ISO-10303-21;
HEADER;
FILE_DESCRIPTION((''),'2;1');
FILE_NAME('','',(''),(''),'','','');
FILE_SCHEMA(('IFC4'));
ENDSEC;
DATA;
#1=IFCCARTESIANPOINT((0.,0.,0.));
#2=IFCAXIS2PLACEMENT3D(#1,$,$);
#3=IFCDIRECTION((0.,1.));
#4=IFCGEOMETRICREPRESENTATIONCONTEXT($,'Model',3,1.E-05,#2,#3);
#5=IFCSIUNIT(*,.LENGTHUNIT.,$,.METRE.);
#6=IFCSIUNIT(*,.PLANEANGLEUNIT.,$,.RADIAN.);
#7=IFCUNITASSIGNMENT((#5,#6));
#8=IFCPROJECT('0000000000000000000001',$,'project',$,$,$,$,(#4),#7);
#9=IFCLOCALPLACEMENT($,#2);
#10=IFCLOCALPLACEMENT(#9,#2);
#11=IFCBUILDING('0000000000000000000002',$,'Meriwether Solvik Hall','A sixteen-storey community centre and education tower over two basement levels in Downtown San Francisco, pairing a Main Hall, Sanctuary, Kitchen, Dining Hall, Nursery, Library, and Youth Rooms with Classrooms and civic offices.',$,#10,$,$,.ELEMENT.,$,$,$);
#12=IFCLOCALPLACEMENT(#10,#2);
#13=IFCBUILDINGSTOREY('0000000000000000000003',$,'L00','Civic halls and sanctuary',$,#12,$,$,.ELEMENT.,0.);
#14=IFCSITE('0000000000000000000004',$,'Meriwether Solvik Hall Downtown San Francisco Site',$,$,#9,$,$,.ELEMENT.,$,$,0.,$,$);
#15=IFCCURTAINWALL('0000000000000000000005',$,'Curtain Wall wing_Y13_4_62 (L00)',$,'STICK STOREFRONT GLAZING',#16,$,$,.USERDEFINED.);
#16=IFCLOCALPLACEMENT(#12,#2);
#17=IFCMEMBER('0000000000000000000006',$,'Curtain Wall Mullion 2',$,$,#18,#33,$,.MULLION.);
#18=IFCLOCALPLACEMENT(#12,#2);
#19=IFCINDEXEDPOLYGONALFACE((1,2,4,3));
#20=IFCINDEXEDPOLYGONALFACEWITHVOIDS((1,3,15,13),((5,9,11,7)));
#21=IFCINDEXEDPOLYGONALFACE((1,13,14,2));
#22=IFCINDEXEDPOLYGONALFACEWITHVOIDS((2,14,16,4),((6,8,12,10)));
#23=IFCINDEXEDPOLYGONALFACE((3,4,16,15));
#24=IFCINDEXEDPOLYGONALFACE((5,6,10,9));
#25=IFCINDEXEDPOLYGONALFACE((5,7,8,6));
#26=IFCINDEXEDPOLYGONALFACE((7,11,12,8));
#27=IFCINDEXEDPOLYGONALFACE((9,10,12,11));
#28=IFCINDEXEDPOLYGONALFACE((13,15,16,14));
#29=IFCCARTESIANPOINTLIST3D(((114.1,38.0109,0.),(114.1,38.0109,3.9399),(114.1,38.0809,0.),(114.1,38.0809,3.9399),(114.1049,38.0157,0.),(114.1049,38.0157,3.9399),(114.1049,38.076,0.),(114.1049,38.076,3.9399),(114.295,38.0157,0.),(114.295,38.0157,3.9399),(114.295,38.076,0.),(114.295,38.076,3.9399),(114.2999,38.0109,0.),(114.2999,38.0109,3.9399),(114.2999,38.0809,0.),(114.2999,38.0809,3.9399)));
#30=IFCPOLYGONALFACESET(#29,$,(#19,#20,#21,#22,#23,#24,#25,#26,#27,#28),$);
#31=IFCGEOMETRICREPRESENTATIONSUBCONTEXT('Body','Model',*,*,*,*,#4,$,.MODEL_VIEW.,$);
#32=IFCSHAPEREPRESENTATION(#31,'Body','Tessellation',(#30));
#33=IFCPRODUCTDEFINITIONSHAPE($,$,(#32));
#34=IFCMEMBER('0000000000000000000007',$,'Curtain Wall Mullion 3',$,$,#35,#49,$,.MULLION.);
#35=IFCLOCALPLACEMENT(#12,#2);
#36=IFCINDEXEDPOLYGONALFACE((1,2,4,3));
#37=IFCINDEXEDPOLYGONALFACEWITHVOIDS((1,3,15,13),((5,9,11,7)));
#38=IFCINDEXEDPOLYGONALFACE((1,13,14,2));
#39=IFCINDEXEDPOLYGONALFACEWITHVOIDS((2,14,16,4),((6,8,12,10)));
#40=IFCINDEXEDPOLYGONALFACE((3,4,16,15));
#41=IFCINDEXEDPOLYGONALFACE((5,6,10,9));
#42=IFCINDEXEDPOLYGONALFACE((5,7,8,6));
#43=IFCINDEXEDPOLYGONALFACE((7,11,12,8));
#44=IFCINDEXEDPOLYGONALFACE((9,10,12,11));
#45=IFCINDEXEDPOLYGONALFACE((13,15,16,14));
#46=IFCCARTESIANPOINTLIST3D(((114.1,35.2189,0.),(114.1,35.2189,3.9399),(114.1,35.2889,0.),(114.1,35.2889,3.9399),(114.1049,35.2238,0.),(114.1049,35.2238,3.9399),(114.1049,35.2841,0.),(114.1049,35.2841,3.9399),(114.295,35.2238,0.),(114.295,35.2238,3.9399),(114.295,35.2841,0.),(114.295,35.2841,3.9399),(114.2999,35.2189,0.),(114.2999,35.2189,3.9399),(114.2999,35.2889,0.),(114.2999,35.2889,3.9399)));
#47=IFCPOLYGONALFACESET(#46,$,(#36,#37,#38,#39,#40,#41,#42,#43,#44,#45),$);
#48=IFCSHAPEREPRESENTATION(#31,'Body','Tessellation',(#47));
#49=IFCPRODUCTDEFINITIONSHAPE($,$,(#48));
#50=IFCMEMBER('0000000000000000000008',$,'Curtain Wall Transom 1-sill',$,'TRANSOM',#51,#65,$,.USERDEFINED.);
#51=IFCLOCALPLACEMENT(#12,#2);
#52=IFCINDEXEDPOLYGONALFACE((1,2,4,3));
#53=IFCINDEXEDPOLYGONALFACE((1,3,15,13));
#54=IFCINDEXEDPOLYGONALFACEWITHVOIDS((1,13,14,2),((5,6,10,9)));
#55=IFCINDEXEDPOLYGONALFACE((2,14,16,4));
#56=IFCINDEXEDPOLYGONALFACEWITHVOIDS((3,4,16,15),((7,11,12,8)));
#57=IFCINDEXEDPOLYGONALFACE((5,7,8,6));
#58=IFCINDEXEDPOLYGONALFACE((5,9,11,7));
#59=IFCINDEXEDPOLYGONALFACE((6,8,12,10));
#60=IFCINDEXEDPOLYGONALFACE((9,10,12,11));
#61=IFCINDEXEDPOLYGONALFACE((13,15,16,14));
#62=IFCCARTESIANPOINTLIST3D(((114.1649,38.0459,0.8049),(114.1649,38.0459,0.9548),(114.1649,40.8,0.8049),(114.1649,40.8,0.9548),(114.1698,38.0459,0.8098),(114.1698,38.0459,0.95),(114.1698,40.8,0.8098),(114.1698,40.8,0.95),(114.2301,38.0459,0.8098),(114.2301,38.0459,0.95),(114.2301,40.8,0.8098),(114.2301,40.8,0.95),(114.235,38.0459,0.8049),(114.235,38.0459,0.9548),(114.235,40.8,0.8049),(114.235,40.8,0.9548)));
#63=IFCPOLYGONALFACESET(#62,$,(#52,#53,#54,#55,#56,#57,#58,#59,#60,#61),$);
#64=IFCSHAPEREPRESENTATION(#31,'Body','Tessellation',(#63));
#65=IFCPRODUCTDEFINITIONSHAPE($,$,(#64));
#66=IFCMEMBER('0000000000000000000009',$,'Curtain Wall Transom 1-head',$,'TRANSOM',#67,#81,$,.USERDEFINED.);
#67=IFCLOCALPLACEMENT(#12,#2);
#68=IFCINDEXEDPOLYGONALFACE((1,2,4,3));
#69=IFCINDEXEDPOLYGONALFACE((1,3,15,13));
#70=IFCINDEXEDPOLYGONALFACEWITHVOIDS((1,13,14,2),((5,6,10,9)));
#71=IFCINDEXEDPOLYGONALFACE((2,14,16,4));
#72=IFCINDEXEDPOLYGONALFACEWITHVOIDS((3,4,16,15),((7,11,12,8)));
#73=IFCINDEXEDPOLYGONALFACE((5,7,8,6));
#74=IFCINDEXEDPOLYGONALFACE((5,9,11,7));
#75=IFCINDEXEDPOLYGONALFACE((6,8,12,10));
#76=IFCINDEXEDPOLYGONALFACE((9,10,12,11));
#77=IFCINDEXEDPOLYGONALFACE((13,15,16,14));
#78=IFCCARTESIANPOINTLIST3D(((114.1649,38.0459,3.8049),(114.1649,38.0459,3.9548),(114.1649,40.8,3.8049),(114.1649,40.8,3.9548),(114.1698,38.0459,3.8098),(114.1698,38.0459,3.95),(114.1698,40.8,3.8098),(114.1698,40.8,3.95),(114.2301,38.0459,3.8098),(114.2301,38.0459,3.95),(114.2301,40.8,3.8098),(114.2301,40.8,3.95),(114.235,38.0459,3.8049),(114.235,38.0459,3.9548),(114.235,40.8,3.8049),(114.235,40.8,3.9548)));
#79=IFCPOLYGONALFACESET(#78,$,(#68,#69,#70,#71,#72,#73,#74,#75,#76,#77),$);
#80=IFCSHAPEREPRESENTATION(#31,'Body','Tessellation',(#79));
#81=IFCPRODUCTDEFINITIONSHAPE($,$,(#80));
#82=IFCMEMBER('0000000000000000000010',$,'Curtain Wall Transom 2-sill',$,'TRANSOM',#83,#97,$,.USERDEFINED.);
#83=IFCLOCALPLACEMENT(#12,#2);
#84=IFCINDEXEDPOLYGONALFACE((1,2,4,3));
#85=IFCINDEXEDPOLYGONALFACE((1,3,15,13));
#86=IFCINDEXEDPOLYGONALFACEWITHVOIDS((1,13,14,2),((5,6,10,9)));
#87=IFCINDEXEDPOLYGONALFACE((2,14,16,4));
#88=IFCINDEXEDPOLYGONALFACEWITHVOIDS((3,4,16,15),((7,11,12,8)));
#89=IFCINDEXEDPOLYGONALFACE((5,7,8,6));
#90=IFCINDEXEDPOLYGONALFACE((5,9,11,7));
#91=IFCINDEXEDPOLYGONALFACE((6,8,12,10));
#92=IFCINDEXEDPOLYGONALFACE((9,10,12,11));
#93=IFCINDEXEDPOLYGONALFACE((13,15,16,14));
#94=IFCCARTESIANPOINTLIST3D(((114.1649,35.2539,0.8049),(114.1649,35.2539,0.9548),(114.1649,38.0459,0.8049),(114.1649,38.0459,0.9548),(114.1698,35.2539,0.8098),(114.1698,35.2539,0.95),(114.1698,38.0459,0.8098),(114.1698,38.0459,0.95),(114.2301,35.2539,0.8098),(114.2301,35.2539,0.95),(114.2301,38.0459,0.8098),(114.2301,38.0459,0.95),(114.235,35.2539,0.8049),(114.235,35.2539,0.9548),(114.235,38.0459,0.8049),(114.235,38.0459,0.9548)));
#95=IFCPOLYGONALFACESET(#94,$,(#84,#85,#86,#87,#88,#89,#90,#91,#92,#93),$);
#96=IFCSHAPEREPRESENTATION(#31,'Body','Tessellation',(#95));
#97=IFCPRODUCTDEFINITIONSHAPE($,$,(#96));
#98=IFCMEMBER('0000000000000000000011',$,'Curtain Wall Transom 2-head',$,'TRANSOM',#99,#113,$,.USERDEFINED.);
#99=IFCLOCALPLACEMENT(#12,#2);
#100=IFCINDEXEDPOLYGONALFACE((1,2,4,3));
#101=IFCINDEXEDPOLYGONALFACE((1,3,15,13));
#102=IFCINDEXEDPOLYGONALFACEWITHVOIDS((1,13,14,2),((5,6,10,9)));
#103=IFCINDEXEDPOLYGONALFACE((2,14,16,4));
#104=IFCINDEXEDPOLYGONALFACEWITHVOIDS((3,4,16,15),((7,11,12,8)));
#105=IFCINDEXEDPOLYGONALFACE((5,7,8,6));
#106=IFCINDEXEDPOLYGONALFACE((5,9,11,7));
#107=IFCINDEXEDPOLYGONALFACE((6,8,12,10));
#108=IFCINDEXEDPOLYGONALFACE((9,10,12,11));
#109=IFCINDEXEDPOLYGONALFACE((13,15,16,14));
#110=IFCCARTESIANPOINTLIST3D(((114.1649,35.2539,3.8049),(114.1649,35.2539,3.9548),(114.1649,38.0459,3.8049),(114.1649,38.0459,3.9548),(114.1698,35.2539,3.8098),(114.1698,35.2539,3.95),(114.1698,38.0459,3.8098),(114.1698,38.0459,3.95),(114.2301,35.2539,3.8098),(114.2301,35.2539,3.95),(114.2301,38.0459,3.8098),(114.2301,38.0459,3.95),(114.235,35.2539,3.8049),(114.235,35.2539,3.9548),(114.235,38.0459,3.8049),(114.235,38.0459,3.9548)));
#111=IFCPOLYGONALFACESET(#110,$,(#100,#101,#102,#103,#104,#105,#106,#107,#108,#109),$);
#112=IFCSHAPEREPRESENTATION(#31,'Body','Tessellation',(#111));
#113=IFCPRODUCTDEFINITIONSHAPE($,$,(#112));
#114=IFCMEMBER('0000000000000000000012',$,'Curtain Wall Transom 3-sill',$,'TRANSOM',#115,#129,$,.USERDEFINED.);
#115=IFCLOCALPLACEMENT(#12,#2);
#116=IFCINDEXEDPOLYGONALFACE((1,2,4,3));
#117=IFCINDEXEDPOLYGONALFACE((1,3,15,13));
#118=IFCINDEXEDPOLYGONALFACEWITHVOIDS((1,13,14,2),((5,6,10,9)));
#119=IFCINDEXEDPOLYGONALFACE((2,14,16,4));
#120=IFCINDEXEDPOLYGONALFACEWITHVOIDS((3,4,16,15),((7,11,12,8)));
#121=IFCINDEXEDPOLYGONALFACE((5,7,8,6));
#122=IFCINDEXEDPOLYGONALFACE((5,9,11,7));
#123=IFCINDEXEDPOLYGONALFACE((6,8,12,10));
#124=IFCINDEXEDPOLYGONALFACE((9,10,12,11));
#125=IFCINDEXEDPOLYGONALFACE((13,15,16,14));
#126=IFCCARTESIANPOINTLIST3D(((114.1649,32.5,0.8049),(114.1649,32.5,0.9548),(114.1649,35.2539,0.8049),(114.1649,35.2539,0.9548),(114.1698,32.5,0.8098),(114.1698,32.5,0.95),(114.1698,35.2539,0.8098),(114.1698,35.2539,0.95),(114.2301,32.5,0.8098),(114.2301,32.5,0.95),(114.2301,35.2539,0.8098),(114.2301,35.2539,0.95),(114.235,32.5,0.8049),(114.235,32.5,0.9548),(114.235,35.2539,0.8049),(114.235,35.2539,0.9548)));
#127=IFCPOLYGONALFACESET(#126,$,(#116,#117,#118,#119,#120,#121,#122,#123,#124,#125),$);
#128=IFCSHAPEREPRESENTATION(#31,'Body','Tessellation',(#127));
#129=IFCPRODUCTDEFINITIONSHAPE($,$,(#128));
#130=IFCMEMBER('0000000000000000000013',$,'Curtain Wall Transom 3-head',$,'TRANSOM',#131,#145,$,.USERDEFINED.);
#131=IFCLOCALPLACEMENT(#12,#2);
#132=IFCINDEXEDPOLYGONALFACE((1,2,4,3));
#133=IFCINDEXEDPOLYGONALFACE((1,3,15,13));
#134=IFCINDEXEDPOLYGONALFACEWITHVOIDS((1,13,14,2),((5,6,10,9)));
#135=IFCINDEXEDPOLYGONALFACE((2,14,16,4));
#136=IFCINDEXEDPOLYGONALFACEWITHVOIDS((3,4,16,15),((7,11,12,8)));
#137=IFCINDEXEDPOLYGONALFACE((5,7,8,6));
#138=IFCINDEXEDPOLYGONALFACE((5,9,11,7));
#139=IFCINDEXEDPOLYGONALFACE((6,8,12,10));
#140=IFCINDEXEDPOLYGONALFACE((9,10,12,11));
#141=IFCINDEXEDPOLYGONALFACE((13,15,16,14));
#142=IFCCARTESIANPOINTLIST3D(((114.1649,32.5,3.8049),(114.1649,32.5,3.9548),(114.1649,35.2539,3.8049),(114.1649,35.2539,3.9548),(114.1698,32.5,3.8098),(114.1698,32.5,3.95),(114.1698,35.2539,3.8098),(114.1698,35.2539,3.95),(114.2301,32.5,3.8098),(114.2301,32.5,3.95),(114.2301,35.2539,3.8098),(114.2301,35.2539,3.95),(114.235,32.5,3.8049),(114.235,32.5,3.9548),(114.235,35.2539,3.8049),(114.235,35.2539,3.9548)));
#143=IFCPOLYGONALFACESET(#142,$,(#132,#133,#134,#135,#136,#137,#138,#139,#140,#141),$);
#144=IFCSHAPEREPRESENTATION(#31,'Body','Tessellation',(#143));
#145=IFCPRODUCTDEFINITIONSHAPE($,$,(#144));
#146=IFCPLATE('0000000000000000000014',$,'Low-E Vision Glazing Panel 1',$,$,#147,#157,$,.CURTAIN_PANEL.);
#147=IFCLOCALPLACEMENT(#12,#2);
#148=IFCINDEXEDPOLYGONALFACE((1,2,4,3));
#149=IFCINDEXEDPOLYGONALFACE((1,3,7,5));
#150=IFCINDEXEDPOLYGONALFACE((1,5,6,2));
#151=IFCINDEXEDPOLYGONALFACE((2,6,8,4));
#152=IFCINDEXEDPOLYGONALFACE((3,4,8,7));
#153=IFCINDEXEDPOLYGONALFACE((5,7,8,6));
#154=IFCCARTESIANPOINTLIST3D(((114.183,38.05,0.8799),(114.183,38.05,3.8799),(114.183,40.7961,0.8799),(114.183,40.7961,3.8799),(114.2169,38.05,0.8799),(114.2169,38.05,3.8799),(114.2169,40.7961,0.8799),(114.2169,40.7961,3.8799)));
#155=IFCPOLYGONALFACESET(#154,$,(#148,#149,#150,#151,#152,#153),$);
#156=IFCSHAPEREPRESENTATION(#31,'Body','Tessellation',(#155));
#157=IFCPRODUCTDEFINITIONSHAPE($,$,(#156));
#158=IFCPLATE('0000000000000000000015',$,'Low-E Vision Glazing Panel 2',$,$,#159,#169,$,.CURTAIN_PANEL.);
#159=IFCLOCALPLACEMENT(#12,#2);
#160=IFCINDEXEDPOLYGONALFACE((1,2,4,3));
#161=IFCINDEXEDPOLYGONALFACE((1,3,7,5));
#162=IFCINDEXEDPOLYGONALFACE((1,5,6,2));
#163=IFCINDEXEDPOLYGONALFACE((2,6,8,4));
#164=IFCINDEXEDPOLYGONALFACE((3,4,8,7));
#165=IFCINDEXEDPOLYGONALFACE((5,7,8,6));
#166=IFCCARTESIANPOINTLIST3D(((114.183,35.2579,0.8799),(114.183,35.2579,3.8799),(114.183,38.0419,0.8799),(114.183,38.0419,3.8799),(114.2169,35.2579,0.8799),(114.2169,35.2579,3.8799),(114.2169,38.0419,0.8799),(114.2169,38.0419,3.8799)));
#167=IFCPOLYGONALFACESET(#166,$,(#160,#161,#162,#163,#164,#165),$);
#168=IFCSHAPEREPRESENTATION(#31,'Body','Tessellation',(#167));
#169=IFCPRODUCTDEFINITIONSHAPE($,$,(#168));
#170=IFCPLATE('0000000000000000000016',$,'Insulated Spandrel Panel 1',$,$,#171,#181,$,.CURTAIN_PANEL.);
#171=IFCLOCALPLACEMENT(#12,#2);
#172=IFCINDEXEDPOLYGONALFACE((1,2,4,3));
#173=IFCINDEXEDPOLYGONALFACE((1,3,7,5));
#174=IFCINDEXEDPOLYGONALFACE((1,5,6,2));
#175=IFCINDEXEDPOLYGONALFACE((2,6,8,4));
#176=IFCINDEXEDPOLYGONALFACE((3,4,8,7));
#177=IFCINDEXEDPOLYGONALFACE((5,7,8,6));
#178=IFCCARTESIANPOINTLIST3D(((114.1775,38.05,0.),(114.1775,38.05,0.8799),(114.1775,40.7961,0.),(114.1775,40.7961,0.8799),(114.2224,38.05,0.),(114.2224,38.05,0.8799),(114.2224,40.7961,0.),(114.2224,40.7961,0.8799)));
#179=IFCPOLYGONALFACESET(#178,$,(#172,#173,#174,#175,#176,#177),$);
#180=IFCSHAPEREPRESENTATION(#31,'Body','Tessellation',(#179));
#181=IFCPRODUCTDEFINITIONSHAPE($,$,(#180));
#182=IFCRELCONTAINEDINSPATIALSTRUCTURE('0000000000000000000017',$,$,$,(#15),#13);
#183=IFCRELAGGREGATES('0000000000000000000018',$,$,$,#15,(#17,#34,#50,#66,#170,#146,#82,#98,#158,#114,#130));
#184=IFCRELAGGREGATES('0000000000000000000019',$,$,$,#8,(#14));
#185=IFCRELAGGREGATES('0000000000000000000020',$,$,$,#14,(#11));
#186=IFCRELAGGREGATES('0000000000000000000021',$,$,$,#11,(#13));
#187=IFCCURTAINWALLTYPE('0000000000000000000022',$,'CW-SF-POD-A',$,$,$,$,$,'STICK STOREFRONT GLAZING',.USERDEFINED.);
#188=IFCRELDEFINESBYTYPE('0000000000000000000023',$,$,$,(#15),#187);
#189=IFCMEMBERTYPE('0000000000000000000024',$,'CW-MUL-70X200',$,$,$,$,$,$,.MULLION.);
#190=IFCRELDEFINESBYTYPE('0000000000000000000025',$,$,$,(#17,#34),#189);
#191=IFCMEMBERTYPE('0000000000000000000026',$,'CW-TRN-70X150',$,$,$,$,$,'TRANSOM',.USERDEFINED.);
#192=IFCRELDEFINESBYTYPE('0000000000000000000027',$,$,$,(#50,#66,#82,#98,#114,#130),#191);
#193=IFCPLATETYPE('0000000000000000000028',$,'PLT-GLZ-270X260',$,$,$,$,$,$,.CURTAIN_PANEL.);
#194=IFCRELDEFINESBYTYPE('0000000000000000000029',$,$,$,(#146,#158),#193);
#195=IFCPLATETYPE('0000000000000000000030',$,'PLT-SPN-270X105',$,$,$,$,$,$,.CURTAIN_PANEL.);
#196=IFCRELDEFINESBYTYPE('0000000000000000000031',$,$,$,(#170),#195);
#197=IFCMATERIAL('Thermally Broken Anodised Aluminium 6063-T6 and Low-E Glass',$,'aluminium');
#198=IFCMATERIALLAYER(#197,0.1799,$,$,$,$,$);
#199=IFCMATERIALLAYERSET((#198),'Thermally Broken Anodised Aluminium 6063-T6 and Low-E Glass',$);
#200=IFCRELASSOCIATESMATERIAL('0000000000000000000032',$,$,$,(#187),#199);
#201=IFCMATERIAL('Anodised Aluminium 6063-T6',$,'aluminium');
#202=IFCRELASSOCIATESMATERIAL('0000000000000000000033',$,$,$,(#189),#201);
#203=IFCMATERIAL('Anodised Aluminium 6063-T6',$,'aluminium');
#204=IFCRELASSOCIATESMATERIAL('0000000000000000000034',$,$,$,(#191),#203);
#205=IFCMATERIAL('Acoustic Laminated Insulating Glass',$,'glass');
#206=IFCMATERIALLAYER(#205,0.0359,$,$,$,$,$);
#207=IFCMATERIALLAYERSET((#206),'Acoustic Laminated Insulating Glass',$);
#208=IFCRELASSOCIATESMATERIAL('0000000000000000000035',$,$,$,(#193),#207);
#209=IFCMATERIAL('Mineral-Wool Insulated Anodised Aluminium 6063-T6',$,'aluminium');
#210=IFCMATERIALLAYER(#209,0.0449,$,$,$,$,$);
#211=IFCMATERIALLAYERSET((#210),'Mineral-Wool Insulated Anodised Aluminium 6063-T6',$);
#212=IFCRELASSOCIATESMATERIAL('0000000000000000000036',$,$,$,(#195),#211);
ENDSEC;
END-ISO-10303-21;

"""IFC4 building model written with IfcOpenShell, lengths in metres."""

from ifc_helpers import new_model, si_unit, direction, frame, origin, origin_2d, place, context, subcontext, project, spatial, rectangle, hollow_rectangle, extrude, material, layer, layer_set, material_profile, profile_set, type_object, element, aggregate, save


model = new_model("IFC4")

# Units and contexts
model_context = context("Model", 3, precision=1e-05, world=origin(), true_north=direction((0.0, 1.0)))
body_context = subcontext(model_context, "Body", "Model", "MODEL_VIEW")
ifc_project = project(units=[si_unit("LENGTHUNIT", "METRE"), si_unit("PLANEANGLEUNIT", "RADIAN")], contexts=[model_context])

# Site, building, storey
site_placement = place(None, origin())
site = spatial("IfcSite", under=ifc_project, at=site_placement, Name="Meriwether Solvik Hall Downtown San Francisco Site", CompositionType="ELEMENT", RefElevation=0.0)
building_placement = place(site_placement, origin())
building = spatial("IfcBuilding", under=site, at=building_placement, Name="Meriwether Solvik Hall", Description="A sixteen-storey community centre and education tower over two basement levels in Downtown San Francisco, pairing a Main Hall, Sanctuary, Kitchen, Dining Hall, Nursery, Library, and Youth Rooms with Classrooms and civic offices.", CompositionType="ELEMENT")
storey_placement = place(building_placement, origin())
storey = spatial("IfcBuildingStorey", under=building, at=storey_placement, Name="L00", Description="Civic halls and sanctuary", CompositionType="ELEMENT", Elevation=0.0)

# Curtain wall, members, plates
ifc_material_1 = material(Name="Thermally Broken Anodised Aluminium 6063-T6 and Low-E Glass", Category="aluminium")
ifc_layer_1 = layer(ifc_material_1, 0.1799)
ifc_layer_set_1 = layer_set([ifc_layer_1], Name="Thermally Broken Anodised Aluminium 6063-T6 and Low-E Glass")
curtain_wall_type = type_object("IfcCurtainWallType", Name="CW-SF-POD-A", ElementType="STICK STOREFRONT GLAZING", PredefinedType="USERDEFINED", material=ifc_layer_set_1)
curtain_wall_placement = place(storey_placement, origin())
curtain_wall = element("IfcCurtainWall", 1, at=curtain_wall_placement, inside=storey, type_object=curtain_wall_type, Name="Curtain Wall wing_Y13_4_62 (L00)", ObjectType="STICK STOREFRONT GLAZING", PredefinedType="USERDEFINED")
ifc_material_2 = material(Name="Anodised Aluminium 6063-T6", Category="aluminium")
ifc_material_profile_1 = material_profile(ifc_material_2, hollow_rectangle(XDim=0.0701, YDim=0.2, WallThickness=0.0049, at=origin_2d()), Name="CWM-70X200")
ifc_profile_set_1 = profile_set([ifc_material_profile_1], Name="Anodised Aluminium 6063-T6")
member_type_1 = type_object("IfcMemberType", Name="CW-MUL-70X200", PredefinedType="MULLION", material=ifc_profile_set_1)
member_1_placement = place(storey_placement, frame((114.2, 38.0459, 0.0), z_axis=(0.0, 0.0, 1.0), x_axis=(0.0, -1.0, 0.0)))
member_1 = element("IfcMember", 2, at=member_1_placement, type_object=member_type_1, Name="Curtain Wall Mullion 2", PredefinedType="MULLION", context=body_context, shape_type="SweptSolid", body=[
    extrude(hollow_rectangle(XDim=0.0701, YDim=0.2, WallThickness=0.0049, at=origin_2d()), origin(), (0.0, 0.0, 1.0), 3.9399),
])
member_2_placement = place(storey_placement, frame((114.2, 35.2539, 0.0), z_axis=(0.0, 0.0, 1.0), x_axis=(0.0, -1.0, 0.0)))
member_2 = element("IfcMember", 3, at=member_2_placement, type_object=member_type_1, Name="Curtain Wall Mullion 3", PredefinedType="MULLION", context=body_context, shape_type="SweptSolid", body=[
    extrude(hollow_rectangle(XDim=0.0701, YDim=0.2, WallThickness=0.0049, at=origin_2d()), origin(), (0.0, 0.0, 1.0), 3.9399),
])
ifc_material_3 = material(Name="Anodised Aluminium 6063-T6", Category="aluminium")
ifc_material_profile_2 = material_profile(ifc_material_3, hollow_rectangle(XDim=0.0701, YDim=0.1499, WallThickness=0.0049, at=origin_2d()), Name="CWT-70X150")
ifc_profile_set_2 = profile_set([ifc_material_profile_2], Name="Anodised Aluminium 6063-T6")
member_type_2 = type_object("IfcMemberType", Name="CW-TRN-70X150", ElementType="TRANSOM", PredefinedType="USERDEFINED", material=ifc_profile_set_2)
member_3_placement = place(storey_placement, frame((114.2, 40.8, 0.8799), z_axis=(0.0, -1.0, 0.0), x_axis=(1.0, 0.0, 0.0)))
member_3 = element("IfcMember", 4, at=member_3_placement, type_object=member_type_2, Name="Curtain Wall Transom 1-sill", ObjectType="TRANSOM", PredefinedType="USERDEFINED", context=body_context, shape_type="SweptSolid", body=[
    extrude(hollow_rectangle(XDim=0.0701, YDim=0.1499, WallThickness=0.0049, at=origin_2d()), origin(), (0.0, 0.0, 1.0), 2.7542),
])
member_4_placement = place(storey_placement, frame((114.2, 40.8, 3.8799), z_axis=(0.0, -1.0, 0.0), x_axis=(1.0, 0.0, 0.0)))
member_4 = element("IfcMember", 5, at=member_4_placement, type_object=member_type_2, Name="Curtain Wall Transom 1-head", ObjectType="TRANSOM", PredefinedType="USERDEFINED", context=body_context, shape_type="SweptSolid", body=[
    extrude(hollow_rectangle(XDim=0.0701, YDim=0.1499, WallThickness=0.0049, at=origin_2d()), origin(), (0.0, 0.0, 1.0), 2.7542),
])
member_5_placement = place(storey_placement, frame((114.2, 38.0459, 0.8799), z_axis=(0.0, -1.0, 0.0), x_axis=(1.0, 0.0, 0.0)))
member_5 = element("IfcMember", 6, at=member_5_placement, type_object=member_type_2, Name="Curtain Wall Transom 2-sill", ObjectType="TRANSOM", PredefinedType="USERDEFINED", context=body_context, shape_type="SweptSolid", body=[
    extrude(hollow_rectangle(XDim=0.0701, YDim=0.1499, WallThickness=0.0049, at=origin_2d()), origin(), (0.0, 0.0, 1.0), 2.792),
])
member_6_placement = place(storey_placement, frame((114.2, 38.0459, 3.8799), z_axis=(0.0, -1.0, 0.0), x_axis=(1.0, 0.0, 0.0)))
member_6 = element("IfcMember", 7, at=member_6_placement, type_object=member_type_2, Name="Curtain Wall Transom 2-head", ObjectType="TRANSOM", PredefinedType="USERDEFINED", context=body_context, shape_type="SweptSolid", body=[
    extrude(hollow_rectangle(XDim=0.0701, YDim=0.1499, WallThickness=0.0049, at=origin_2d()), origin(), (0.0, 0.0, 1.0), 2.792),
])
member_7_placement = place(storey_placement, frame((114.2, 35.2539, 0.8799), z_axis=(0.0, -1.0, 0.0), x_axis=(1.0, 0.0, 0.0)))
member_7 = element("IfcMember", 8, at=member_7_placement, type_object=member_type_2, Name="Curtain Wall Transom 3-sill", ObjectType="TRANSOM", PredefinedType="USERDEFINED", context=body_context, shape_type="SweptSolid", body=[
    extrude(hollow_rectangle(XDim=0.0701, YDim=0.1499, WallThickness=0.0049, at=origin_2d()), origin(), (0.0, 0.0, 1.0), 2.7539),
])
member_8_placement = place(storey_placement, frame((114.2, 35.2539, 3.8799), z_axis=(0.0, -1.0, 0.0), x_axis=(1.0, 0.0, 0.0)))
member_8 = element("IfcMember", 9, at=member_8_placement, type_object=member_type_2, Name="Curtain Wall Transom 3-head", ObjectType="TRANSOM", PredefinedType="USERDEFINED", context=body_context, shape_type="SweptSolid", body=[
    extrude(hollow_rectangle(XDim=0.0701, YDim=0.1499, WallThickness=0.0049, at=origin_2d()), origin(), (0.0, 0.0, 1.0), 2.7539),
])
ifc_material_4 = material(Name="Acoustic Laminated Insulating Glass", Category="glass")
ifc_layer_2 = layer(ifc_material_4, 0.0359)
ifc_layer_set_2 = layer_set([ifc_layer_2], Name="Acoustic Laminated Insulating Glass")
plate_type_1 = type_object("IfcPlateType", Name="PLT-GLZ-270X260", PredefinedType="CURTAIN_PANEL", material=ifc_layer_set_2)
plate_1_placement = place(storey_placement, frame((114.2, 39.4231, 0.8799), z_axis=(0.0, 0.0, 1.0), x_axis=(0.0, -1.0, 0.0)))
plate_1 = element("IfcPlate", 10, at=plate_1_placement, type_object=plate_type_1, Name="Low-E Vision Glazing Panel 1", PredefinedType="CURTAIN_PANEL", context=body_context, shape_type="SweptSolid", body=[
    extrude(rectangle(XDim=2.7461, YDim=0.0339, at=origin_2d()), origin(), (0.0, 0.0, 1.0), 3.0),
])
plate_2_placement = place(storey_placement, frame((114.2, 36.6499, 0.8799), z_axis=(0.0, 0.0, 1.0), x_axis=(0.0, -1.0, 0.0)))
plate_2 = element("IfcPlate", 11, at=plate_2_placement, type_object=plate_type_1, Name="Low-E Vision Glazing Panel 2", PredefinedType="CURTAIN_PANEL", context=body_context, shape_type="SweptSolid", body=[
    extrude(rectangle(XDim=2.7839, YDim=0.0339, at=origin_2d()), origin(), (0.0, 0.0, 1.0), 3.0),
])
ifc_material_5 = material(Name="Mineral-Wool Insulated Anodised Aluminium 6063-T6", Category="aluminium")
ifc_layer_3 = layer(ifc_material_5, 0.0449)
ifc_layer_set_3 = layer_set([ifc_layer_3], Name="Mineral-Wool Insulated Anodised Aluminium 6063-T6")
plate_type_2 = type_object("IfcPlateType", Name="PLT-SPN-270X105", PredefinedType="CURTAIN_PANEL", material=ifc_layer_set_3)
plate_3_placement = place(storey_placement, frame((114.2, 39.4231, 0.0), z_axis=(0.0, 0.0, 1.0), x_axis=(0.0, -1.0, 0.0)))
plate_3 = element("IfcPlate", 12, at=plate_3_placement, type_object=plate_type_2, Name="Insulated Spandrel Panel 1", PredefinedType="CURTAIN_PANEL", context=body_context, shape_type="SweptSolid", body=[
    extrude(rectangle(XDim=2.7461, YDim=0.0449, at=origin_2d()), origin(), (0.0, 0.0, 1.0), 0.8799),
])
aggregate(curtain_wall, [member_1, member_2, member_3, member_4, plate_3, plate_1, member_5, member_6, plate_2, member_7, member_8])

save(model, "model.ifc")
